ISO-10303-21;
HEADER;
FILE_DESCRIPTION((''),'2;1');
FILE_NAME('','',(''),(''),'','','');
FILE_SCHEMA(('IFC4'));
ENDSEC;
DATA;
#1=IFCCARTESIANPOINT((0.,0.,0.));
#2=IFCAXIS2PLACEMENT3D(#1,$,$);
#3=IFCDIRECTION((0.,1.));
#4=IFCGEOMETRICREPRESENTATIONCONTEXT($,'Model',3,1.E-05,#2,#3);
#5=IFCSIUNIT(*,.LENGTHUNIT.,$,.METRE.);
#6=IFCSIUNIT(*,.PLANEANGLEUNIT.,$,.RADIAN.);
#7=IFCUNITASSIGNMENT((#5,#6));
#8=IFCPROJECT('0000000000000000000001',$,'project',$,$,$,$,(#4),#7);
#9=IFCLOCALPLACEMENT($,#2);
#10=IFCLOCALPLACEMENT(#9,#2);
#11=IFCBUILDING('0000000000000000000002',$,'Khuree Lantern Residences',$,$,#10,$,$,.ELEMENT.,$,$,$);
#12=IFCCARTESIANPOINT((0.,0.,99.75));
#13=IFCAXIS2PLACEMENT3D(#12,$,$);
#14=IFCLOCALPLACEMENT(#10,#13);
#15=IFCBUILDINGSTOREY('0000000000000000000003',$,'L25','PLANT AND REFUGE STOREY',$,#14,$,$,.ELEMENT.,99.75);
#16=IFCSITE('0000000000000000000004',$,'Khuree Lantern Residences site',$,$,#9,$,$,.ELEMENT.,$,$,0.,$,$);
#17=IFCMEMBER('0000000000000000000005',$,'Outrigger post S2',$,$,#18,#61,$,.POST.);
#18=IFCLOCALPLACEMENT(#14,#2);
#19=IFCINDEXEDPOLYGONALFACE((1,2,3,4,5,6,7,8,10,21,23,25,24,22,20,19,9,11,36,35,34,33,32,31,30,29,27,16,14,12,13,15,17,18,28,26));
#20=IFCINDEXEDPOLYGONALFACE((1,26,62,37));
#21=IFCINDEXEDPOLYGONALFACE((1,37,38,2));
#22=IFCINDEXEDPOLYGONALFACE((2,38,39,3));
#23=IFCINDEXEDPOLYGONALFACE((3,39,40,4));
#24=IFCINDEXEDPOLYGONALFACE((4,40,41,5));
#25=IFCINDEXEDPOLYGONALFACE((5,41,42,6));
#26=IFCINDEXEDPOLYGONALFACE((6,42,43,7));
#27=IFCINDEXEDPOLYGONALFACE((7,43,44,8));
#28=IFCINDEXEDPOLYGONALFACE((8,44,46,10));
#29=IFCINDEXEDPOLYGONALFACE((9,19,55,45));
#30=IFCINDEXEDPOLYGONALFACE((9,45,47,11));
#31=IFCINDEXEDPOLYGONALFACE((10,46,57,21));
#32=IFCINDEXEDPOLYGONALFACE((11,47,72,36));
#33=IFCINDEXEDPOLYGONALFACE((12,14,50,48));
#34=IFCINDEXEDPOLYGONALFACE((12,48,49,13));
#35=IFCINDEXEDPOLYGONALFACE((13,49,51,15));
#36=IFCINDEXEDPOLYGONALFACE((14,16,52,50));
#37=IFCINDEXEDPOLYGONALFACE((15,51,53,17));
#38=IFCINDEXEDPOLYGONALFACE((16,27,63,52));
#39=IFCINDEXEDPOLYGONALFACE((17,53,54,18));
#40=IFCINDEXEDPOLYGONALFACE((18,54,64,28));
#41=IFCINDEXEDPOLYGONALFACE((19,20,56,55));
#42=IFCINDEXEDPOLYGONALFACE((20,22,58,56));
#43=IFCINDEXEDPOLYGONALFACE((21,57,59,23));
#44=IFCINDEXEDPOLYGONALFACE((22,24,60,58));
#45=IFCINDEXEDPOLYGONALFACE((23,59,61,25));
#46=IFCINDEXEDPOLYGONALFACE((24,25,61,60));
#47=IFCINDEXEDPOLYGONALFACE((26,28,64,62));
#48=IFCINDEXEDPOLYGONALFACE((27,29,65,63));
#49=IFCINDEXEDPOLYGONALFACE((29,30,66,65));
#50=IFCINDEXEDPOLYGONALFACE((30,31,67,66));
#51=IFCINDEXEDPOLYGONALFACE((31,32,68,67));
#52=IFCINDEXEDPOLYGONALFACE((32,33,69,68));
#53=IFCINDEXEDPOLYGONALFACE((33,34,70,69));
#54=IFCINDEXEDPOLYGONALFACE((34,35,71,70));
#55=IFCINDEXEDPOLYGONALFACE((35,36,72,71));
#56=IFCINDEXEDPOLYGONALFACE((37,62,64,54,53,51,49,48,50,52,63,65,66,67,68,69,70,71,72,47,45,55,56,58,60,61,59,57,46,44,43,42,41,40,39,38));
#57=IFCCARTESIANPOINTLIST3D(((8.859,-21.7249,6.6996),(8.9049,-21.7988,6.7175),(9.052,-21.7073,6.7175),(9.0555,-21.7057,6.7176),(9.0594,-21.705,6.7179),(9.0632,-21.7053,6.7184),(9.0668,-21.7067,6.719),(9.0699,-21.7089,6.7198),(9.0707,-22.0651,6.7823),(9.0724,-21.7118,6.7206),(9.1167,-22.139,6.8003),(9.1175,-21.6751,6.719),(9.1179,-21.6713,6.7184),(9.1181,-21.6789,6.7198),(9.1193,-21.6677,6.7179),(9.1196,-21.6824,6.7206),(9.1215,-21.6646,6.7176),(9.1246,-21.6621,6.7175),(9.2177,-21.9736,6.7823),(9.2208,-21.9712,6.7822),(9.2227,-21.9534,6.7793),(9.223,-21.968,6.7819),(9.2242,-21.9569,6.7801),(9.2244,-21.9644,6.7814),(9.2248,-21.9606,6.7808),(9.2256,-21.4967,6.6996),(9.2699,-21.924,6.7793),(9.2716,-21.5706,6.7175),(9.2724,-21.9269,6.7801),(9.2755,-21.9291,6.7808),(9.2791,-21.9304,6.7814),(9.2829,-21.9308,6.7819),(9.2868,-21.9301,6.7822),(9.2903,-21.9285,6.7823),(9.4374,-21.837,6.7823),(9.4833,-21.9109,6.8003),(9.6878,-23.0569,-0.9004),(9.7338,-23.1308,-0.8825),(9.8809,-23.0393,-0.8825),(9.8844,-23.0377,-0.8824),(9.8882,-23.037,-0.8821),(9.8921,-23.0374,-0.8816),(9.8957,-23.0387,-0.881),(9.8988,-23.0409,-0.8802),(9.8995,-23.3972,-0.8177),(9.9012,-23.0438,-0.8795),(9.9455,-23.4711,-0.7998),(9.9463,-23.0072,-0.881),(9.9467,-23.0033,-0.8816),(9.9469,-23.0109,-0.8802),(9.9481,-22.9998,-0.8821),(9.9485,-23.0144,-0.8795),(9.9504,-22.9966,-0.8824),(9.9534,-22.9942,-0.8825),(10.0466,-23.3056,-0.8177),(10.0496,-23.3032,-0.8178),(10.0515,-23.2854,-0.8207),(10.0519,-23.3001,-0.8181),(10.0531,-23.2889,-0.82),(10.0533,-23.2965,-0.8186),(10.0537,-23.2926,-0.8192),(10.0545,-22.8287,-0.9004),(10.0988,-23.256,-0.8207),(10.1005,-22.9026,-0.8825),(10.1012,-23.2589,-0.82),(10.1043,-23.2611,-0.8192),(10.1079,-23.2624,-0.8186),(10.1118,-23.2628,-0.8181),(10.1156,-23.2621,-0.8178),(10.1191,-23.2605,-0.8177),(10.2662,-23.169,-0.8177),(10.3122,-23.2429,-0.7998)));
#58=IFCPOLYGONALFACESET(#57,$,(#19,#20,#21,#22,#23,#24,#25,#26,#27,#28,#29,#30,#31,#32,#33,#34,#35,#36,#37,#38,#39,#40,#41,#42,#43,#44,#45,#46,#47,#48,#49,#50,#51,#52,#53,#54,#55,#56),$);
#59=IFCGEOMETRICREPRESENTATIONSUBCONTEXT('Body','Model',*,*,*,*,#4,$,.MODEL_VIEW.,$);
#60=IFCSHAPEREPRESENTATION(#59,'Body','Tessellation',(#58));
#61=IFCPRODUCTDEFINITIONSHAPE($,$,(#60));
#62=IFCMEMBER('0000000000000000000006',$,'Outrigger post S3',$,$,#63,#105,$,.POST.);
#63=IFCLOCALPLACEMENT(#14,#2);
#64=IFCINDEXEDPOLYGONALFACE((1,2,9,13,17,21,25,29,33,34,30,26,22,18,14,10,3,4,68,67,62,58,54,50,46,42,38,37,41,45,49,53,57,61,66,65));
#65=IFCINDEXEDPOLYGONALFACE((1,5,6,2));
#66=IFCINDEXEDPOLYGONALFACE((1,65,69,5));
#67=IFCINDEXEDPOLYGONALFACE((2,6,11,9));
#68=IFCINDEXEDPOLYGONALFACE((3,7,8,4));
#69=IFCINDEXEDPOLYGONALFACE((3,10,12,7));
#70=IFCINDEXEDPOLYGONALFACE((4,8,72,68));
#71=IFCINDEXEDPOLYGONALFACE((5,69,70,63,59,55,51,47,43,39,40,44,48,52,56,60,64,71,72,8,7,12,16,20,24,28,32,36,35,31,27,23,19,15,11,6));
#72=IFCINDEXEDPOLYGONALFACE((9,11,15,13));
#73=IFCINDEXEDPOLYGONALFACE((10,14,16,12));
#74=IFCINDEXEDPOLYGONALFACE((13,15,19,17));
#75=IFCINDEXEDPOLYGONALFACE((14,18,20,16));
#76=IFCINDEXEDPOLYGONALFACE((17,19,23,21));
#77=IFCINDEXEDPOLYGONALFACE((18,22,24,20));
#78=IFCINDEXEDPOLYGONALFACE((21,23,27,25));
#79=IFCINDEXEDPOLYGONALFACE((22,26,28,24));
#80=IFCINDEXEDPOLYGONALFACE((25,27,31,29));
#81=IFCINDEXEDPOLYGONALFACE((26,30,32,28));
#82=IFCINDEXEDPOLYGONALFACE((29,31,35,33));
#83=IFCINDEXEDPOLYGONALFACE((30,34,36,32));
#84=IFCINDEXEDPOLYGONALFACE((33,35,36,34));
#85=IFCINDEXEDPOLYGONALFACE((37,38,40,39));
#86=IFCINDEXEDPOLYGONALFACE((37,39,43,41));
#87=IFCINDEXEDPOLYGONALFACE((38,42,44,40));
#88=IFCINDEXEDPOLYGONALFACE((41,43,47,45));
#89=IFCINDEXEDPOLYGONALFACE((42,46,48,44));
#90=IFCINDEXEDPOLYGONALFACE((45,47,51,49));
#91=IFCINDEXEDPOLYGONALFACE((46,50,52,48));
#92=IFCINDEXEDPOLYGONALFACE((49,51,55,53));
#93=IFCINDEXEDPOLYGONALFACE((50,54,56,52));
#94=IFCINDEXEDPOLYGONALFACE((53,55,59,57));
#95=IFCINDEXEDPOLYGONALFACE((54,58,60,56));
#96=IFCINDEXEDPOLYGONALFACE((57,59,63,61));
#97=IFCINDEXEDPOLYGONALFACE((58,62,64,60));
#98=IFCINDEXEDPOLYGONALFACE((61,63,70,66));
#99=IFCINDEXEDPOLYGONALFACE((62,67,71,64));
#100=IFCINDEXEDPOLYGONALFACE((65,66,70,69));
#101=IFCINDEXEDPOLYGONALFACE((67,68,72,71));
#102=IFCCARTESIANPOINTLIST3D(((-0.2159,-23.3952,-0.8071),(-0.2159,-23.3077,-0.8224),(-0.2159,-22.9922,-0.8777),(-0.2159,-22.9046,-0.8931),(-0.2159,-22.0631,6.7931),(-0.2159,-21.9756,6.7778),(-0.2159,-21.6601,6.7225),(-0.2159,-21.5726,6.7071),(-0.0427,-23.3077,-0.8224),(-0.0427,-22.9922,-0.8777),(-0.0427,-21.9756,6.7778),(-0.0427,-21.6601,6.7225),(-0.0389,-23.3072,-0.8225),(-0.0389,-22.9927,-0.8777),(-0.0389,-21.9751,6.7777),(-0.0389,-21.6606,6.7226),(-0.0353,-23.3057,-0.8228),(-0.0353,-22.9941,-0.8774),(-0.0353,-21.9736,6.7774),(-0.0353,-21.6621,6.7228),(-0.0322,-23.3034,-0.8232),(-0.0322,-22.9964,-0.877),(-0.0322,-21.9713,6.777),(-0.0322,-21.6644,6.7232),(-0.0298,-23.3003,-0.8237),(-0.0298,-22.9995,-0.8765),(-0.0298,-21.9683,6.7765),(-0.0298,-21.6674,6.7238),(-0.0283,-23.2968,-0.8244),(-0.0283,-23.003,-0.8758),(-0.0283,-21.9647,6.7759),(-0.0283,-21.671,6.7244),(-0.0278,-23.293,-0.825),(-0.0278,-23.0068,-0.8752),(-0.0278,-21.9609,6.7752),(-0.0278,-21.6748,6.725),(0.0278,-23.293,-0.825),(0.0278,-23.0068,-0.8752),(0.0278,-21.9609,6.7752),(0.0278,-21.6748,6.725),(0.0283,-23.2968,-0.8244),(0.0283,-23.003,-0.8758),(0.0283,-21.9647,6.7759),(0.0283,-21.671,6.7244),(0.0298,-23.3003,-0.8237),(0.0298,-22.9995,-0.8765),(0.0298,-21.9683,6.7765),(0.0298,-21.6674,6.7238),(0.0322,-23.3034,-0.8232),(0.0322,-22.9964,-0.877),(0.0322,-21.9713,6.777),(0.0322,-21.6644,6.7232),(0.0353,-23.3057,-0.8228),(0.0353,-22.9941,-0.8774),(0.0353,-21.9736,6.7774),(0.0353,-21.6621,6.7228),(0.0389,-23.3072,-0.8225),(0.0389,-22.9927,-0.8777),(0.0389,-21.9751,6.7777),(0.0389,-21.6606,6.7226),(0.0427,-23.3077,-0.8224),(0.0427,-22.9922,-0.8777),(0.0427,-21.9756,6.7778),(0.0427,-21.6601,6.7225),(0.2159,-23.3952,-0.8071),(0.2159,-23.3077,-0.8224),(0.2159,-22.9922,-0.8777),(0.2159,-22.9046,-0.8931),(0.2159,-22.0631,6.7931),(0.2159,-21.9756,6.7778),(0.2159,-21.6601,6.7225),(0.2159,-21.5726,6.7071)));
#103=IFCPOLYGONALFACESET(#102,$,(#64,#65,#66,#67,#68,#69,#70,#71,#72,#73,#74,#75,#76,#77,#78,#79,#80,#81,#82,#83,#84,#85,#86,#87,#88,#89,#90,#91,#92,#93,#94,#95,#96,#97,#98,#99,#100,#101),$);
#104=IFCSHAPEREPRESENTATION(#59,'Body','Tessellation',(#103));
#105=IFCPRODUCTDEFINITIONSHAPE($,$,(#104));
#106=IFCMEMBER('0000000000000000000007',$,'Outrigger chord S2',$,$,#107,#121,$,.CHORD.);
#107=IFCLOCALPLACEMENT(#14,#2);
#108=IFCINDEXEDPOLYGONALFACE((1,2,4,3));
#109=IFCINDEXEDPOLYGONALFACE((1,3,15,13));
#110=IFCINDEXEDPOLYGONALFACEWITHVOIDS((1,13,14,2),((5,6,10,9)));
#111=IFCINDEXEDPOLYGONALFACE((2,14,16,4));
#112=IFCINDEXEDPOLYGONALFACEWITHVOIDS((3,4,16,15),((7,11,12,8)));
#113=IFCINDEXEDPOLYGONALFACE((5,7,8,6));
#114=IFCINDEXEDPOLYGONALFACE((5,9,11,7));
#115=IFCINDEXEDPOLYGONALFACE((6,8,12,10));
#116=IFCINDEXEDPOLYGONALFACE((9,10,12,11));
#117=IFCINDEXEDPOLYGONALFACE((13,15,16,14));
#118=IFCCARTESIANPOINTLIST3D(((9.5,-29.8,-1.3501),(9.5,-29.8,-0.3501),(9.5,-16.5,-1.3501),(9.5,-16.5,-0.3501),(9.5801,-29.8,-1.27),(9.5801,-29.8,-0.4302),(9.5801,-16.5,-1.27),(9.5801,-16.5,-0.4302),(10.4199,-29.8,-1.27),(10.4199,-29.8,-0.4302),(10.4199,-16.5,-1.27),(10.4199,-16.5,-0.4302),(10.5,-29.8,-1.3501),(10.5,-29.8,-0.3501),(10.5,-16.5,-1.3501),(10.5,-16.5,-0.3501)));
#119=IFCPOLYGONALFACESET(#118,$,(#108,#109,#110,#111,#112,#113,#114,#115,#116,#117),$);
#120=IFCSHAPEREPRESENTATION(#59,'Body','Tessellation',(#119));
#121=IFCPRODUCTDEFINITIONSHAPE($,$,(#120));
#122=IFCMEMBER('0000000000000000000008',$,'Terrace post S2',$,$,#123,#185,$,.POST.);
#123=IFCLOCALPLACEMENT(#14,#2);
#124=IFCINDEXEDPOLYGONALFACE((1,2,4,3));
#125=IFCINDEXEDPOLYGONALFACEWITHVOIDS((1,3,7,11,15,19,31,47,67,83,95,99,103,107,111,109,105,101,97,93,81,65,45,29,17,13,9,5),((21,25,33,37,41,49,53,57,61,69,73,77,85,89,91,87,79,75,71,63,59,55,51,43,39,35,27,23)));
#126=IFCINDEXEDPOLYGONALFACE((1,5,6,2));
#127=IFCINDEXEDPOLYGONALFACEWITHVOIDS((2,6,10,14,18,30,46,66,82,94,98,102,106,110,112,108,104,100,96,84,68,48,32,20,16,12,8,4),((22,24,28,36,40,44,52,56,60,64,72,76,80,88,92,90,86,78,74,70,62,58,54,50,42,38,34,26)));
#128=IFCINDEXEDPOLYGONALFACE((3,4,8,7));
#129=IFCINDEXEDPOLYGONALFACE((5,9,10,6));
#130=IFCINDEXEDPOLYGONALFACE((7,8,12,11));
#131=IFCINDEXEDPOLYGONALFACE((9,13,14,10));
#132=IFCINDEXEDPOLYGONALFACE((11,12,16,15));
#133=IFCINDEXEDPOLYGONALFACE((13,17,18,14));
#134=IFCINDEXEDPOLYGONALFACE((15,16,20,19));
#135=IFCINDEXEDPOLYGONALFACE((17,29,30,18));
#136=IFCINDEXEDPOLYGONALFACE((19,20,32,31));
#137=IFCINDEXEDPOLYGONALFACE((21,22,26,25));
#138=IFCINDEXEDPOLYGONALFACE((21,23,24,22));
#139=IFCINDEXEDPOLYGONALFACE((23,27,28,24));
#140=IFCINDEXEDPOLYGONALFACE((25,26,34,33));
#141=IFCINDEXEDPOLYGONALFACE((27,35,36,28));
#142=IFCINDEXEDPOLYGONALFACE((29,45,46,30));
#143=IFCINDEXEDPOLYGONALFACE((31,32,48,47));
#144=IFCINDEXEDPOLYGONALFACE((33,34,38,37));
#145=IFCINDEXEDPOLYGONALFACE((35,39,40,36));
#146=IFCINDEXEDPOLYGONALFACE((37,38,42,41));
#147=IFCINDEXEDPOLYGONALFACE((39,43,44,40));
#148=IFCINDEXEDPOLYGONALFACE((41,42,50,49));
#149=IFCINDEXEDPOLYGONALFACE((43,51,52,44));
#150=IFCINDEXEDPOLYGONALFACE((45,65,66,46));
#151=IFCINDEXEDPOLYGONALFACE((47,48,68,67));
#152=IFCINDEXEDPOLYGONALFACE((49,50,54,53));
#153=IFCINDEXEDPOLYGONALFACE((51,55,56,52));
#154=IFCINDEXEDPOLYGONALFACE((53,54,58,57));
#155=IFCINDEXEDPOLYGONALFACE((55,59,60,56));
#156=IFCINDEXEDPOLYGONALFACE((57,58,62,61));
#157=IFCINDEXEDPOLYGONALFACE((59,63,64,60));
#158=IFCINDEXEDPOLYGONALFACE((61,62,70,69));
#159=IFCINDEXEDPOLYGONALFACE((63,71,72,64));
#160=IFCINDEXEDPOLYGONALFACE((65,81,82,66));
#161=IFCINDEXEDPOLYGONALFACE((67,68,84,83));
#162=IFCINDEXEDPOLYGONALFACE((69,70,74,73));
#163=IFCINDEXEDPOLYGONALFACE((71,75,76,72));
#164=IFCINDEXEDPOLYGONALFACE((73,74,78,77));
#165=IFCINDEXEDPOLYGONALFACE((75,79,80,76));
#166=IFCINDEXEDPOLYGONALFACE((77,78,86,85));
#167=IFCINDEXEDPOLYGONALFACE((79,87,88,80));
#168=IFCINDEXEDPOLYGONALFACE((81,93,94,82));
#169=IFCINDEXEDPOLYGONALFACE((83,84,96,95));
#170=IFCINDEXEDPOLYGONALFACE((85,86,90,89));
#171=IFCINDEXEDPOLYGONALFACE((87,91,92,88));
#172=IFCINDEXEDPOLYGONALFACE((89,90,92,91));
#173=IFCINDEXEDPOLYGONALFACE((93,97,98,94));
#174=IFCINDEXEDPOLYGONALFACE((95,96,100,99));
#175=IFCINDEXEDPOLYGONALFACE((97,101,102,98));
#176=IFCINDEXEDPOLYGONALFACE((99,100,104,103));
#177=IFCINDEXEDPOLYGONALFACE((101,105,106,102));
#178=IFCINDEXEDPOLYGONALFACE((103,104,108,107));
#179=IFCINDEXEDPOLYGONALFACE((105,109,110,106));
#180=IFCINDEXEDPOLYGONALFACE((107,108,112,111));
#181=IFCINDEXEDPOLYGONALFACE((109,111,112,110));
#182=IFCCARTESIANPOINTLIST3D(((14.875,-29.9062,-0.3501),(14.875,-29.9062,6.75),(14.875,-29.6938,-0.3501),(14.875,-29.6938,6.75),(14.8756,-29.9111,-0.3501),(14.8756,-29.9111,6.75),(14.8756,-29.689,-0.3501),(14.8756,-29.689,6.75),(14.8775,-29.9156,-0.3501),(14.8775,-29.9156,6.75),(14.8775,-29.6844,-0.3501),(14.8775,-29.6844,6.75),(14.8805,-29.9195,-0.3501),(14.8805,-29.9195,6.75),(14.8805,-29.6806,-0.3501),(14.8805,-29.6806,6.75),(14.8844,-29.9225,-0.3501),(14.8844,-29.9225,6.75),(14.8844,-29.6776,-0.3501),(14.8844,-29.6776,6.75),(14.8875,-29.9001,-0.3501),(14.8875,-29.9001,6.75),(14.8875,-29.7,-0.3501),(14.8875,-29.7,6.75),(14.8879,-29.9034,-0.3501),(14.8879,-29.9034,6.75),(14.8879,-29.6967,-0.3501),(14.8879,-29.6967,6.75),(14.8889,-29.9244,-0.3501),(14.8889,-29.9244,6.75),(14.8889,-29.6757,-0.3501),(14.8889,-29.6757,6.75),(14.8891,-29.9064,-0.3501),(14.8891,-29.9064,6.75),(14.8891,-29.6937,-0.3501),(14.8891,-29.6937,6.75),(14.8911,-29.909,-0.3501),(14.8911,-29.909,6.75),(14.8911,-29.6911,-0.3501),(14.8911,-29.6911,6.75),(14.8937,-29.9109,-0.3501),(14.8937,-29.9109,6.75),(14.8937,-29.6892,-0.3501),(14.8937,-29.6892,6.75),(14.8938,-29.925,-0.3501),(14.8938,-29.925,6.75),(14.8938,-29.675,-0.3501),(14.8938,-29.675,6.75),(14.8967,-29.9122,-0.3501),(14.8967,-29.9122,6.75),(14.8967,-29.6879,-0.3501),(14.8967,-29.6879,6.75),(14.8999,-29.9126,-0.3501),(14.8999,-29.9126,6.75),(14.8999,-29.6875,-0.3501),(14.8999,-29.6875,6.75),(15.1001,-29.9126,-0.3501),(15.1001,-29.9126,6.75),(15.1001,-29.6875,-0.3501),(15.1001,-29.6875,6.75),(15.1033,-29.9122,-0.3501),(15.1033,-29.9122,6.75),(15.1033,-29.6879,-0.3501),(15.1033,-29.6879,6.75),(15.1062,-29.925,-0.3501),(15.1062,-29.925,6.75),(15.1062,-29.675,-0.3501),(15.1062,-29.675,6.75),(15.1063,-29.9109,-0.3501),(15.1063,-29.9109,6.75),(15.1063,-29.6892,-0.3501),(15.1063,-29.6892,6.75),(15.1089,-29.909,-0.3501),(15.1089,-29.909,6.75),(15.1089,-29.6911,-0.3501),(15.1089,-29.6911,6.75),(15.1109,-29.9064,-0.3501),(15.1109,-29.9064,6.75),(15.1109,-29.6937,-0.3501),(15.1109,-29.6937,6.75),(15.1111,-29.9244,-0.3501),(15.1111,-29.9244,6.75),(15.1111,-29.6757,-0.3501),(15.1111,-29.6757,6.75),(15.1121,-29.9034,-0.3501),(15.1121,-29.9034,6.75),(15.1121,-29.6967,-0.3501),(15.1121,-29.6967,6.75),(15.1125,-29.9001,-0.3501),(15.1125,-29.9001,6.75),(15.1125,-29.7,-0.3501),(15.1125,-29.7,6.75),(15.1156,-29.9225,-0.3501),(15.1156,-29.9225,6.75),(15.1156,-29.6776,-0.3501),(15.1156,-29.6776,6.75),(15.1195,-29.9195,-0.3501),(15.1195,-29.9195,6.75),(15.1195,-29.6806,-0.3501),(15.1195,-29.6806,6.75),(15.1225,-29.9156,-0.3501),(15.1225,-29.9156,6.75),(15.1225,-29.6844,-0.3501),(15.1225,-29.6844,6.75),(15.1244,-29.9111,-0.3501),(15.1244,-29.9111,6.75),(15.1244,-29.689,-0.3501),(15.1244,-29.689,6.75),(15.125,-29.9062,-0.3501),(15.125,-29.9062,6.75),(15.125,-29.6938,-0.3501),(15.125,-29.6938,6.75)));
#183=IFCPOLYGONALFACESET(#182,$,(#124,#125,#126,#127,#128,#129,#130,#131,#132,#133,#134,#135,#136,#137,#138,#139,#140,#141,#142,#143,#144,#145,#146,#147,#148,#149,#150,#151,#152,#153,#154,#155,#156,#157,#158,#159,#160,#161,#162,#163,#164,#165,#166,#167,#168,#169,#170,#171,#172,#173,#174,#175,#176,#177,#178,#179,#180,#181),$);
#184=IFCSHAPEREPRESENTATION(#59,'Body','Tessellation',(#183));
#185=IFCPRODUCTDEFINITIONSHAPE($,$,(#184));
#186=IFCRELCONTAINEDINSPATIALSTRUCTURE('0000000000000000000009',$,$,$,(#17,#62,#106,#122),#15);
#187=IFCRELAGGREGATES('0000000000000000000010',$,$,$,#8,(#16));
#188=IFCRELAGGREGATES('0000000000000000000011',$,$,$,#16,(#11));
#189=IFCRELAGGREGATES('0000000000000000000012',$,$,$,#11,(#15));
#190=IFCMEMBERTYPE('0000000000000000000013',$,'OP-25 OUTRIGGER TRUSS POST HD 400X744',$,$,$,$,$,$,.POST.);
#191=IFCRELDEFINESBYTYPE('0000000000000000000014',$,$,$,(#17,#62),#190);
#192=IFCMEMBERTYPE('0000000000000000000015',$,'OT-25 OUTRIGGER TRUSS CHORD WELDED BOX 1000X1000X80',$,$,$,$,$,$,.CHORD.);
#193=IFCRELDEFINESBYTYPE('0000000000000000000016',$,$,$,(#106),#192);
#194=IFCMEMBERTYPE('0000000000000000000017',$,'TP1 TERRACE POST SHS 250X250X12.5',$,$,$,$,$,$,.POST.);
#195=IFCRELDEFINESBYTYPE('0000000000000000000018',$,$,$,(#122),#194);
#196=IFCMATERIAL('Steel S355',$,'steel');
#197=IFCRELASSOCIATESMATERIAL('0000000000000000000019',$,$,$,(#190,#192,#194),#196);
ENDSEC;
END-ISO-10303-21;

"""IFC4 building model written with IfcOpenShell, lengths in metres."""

from ifc_helpers import new_model, si_unit, direction, frame, origin, origin_2d, place, context, subcontext, project, spatial, hollow_rectangle, i_section, extrude, material, material_profile, profile_set, type_object, element, save


model = new_model("IFC4")

# Units and contexts
model_context = context("Model", 3, precision=1e-05, world=origin(), true_north=direction((0.0, 1.0)))
body_context = subcontext(model_context, "Body", "Model", "MODEL_VIEW")
ifc_project = project(units=[si_unit("LENGTHUNIT", "METRE"), si_unit("PLANEANGLEUNIT", "RADIAN")], contexts=[model_context])

# Site, building, storey
site_placement = place(None, origin())
site = spatial("IfcSite", under=ifc_project, at=site_placement, Name="Khuree Lantern Residences site", CompositionType="ELEMENT", RefElevation=0.0)
building_placement = place(site_placement, origin())
building = spatial("IfcBuilding", under=site, at=building_placement, Name="Khuree Lantern Residences", CompositionType="ELEMENT")
storey_placement = place(building_placement, frame((0.0, 0.0, 99.75)))
storey = spatial("IfcBuildingStorey", under=building, at=storey_placement, Name="L25", Description="PLANT AND REFUGE STOREY", CompositionType="ELEMENT", Elevation=99.75)

# Shared definitions
ifc_material_1 = material(Name="Steel S355", Category="steel")

# Members
ifc_material_profile_1 = material_profile(ifc_material_1, i_section(OverallWidth=0.4319, OverallDepth=0.498, WebThickness=0.0557, FlangeThickness=0.0889, FilletRadius=0.0149, at=origin_2d()), Name="HD 400X744")
ifc_profile_set_1 = profile_set([ifc_material_profile_1], Name="Steel S355")
member_type_1 = type_object("IfcMemberType", Name="OP-25 OUTRIGGER TRUSS POST HD 400X744", PredefinedType="POST", material=ifc_profile_set_1)
member_1_placement = place(storey_placement, frame((10.0, -23.1499, -0.8501), z_axis=(-0.106807, 0.171646, 0.979352), x_axis=(-0.849046, -0.528319, 0.0)))
element("IfcMember", 1, at=member_1_placement, inside=storey, type_object=member_type_1, Name="Outrigger post S2", PredefinedType="POST", context=body_context, shape_type="SweptSolid", body=[
    extrude(i_section(OverallWidth=0.4319, OverallDepth=0.498, WebThickness=0.0557, FlangeThickness=0.0889, FilletRadius=0.0149, at=origin_2d()), origin(), (0.0, 0.0, 1.0), 7.7603),
])
member_2_placement = place(storey_placement, frame((0.0, -23.1499, -0.8501), z_axis=(0.0, 0.172634, 0.984986), x_axis=(-1.0, 0.0, 0.0)))
element("IfcMember", 2, at=member_2_placement, inside=storey, type_object=member_type_1, Name="Outrigger post S3", PredefinedType="POST", context=body_context, shape_type="SweptSolid", body=[
    extrude(i_section(OverallWidth=0.4319, OverallDepth=0.498, WebThickness=0.0557, FlangeThickness=0.0889, FilletRadius=0.0149, at=origin_2d()), origin(), (0.0, 0.0, 1.0), 7.7161),
])
ifc_material_profile_2 = material_profile(ifc_material_1, hollow_rectangle(XDim=1.0, YDim=1.0, WallThickness=0.0801, at=origin_2d()), Name="WELDED BOX 1000X1000X80")
ifc_profile_set_2 = profile_set([ifc_material_profile_2], Name="Steel S355")
member_type_2 = type_object("IfcMemberType", Name="OT-25 OUTRIGGER TRUSS CHORD WELDED BOX 1000X1000X80", PredefinedType="CHORD", material=ifc_profile_set_2)
member_3_placement = place(storey_placement, frame((10.0, -29.8, -0.8501), z_axis=(0.0, 1.0, 0.0), x_axis=(-1.0, 0.0, 0.0)))
element("IfcMember", 3, at=member_3_placement, inside=storey, type_object=member_type_2, Name="Outrigger chord S2", PredefinedType="CHORD", context=body_context, shape_type="SweptSolid", body=[
    extrude(hollow_rectangle(XDim=1.0, YDim=1.0, WallThickness=0.0801, at=origin_2d()), origin(), (0.0, 0.0, 1.0), 13.3),
])
ifc_material_profile_3 = material_profile(ifc_material_1, hollow_rectangle(XDim=0.25, YDim=0.25, WallThickness=0.0125, InnerFilletRadius=0.0125, OuterFilletRadius=0.0188, at=origin_2d()), Name="SHS 250X250X12.5")
ifc_profile_set_3 = profile_set([ifc_material_profile_3], Name="Steel S355")
member_type_3 = type_object("IfcMemberType", Name="TP1 TERRACE POST SHS 250X250X12.5", PredefinedType="POST", material=ifc_profile_set_3)
for number, where, z_axis, x_axis, name in (
    (4, (15.0, -29.8, -0.3501), (0.0, 0.0, 1.0), (1.0, 0.0, 0.0), "Terrace post S2"),
):
    element("IfcMember", number, at=place(storey_placement, frame(where, z_axis=z_axis, x_axis=x_axis)), inside=storey, type_object=member_type_3, Name=name, PredefinedType="POST", context=body_context, shape_type="SweptSolid", body=[
        extrude(hollow_rectangle(XDim=0.25, YDim=0.25, WallThickness=0.0125, InnerFilletRadius=0.0125, OuterFilletRadius=0.0188, at=origin_2d()), origin(), (0.0, 0.0, 1.0), 7.1001),
    ])

save(model, "model.ifc")
